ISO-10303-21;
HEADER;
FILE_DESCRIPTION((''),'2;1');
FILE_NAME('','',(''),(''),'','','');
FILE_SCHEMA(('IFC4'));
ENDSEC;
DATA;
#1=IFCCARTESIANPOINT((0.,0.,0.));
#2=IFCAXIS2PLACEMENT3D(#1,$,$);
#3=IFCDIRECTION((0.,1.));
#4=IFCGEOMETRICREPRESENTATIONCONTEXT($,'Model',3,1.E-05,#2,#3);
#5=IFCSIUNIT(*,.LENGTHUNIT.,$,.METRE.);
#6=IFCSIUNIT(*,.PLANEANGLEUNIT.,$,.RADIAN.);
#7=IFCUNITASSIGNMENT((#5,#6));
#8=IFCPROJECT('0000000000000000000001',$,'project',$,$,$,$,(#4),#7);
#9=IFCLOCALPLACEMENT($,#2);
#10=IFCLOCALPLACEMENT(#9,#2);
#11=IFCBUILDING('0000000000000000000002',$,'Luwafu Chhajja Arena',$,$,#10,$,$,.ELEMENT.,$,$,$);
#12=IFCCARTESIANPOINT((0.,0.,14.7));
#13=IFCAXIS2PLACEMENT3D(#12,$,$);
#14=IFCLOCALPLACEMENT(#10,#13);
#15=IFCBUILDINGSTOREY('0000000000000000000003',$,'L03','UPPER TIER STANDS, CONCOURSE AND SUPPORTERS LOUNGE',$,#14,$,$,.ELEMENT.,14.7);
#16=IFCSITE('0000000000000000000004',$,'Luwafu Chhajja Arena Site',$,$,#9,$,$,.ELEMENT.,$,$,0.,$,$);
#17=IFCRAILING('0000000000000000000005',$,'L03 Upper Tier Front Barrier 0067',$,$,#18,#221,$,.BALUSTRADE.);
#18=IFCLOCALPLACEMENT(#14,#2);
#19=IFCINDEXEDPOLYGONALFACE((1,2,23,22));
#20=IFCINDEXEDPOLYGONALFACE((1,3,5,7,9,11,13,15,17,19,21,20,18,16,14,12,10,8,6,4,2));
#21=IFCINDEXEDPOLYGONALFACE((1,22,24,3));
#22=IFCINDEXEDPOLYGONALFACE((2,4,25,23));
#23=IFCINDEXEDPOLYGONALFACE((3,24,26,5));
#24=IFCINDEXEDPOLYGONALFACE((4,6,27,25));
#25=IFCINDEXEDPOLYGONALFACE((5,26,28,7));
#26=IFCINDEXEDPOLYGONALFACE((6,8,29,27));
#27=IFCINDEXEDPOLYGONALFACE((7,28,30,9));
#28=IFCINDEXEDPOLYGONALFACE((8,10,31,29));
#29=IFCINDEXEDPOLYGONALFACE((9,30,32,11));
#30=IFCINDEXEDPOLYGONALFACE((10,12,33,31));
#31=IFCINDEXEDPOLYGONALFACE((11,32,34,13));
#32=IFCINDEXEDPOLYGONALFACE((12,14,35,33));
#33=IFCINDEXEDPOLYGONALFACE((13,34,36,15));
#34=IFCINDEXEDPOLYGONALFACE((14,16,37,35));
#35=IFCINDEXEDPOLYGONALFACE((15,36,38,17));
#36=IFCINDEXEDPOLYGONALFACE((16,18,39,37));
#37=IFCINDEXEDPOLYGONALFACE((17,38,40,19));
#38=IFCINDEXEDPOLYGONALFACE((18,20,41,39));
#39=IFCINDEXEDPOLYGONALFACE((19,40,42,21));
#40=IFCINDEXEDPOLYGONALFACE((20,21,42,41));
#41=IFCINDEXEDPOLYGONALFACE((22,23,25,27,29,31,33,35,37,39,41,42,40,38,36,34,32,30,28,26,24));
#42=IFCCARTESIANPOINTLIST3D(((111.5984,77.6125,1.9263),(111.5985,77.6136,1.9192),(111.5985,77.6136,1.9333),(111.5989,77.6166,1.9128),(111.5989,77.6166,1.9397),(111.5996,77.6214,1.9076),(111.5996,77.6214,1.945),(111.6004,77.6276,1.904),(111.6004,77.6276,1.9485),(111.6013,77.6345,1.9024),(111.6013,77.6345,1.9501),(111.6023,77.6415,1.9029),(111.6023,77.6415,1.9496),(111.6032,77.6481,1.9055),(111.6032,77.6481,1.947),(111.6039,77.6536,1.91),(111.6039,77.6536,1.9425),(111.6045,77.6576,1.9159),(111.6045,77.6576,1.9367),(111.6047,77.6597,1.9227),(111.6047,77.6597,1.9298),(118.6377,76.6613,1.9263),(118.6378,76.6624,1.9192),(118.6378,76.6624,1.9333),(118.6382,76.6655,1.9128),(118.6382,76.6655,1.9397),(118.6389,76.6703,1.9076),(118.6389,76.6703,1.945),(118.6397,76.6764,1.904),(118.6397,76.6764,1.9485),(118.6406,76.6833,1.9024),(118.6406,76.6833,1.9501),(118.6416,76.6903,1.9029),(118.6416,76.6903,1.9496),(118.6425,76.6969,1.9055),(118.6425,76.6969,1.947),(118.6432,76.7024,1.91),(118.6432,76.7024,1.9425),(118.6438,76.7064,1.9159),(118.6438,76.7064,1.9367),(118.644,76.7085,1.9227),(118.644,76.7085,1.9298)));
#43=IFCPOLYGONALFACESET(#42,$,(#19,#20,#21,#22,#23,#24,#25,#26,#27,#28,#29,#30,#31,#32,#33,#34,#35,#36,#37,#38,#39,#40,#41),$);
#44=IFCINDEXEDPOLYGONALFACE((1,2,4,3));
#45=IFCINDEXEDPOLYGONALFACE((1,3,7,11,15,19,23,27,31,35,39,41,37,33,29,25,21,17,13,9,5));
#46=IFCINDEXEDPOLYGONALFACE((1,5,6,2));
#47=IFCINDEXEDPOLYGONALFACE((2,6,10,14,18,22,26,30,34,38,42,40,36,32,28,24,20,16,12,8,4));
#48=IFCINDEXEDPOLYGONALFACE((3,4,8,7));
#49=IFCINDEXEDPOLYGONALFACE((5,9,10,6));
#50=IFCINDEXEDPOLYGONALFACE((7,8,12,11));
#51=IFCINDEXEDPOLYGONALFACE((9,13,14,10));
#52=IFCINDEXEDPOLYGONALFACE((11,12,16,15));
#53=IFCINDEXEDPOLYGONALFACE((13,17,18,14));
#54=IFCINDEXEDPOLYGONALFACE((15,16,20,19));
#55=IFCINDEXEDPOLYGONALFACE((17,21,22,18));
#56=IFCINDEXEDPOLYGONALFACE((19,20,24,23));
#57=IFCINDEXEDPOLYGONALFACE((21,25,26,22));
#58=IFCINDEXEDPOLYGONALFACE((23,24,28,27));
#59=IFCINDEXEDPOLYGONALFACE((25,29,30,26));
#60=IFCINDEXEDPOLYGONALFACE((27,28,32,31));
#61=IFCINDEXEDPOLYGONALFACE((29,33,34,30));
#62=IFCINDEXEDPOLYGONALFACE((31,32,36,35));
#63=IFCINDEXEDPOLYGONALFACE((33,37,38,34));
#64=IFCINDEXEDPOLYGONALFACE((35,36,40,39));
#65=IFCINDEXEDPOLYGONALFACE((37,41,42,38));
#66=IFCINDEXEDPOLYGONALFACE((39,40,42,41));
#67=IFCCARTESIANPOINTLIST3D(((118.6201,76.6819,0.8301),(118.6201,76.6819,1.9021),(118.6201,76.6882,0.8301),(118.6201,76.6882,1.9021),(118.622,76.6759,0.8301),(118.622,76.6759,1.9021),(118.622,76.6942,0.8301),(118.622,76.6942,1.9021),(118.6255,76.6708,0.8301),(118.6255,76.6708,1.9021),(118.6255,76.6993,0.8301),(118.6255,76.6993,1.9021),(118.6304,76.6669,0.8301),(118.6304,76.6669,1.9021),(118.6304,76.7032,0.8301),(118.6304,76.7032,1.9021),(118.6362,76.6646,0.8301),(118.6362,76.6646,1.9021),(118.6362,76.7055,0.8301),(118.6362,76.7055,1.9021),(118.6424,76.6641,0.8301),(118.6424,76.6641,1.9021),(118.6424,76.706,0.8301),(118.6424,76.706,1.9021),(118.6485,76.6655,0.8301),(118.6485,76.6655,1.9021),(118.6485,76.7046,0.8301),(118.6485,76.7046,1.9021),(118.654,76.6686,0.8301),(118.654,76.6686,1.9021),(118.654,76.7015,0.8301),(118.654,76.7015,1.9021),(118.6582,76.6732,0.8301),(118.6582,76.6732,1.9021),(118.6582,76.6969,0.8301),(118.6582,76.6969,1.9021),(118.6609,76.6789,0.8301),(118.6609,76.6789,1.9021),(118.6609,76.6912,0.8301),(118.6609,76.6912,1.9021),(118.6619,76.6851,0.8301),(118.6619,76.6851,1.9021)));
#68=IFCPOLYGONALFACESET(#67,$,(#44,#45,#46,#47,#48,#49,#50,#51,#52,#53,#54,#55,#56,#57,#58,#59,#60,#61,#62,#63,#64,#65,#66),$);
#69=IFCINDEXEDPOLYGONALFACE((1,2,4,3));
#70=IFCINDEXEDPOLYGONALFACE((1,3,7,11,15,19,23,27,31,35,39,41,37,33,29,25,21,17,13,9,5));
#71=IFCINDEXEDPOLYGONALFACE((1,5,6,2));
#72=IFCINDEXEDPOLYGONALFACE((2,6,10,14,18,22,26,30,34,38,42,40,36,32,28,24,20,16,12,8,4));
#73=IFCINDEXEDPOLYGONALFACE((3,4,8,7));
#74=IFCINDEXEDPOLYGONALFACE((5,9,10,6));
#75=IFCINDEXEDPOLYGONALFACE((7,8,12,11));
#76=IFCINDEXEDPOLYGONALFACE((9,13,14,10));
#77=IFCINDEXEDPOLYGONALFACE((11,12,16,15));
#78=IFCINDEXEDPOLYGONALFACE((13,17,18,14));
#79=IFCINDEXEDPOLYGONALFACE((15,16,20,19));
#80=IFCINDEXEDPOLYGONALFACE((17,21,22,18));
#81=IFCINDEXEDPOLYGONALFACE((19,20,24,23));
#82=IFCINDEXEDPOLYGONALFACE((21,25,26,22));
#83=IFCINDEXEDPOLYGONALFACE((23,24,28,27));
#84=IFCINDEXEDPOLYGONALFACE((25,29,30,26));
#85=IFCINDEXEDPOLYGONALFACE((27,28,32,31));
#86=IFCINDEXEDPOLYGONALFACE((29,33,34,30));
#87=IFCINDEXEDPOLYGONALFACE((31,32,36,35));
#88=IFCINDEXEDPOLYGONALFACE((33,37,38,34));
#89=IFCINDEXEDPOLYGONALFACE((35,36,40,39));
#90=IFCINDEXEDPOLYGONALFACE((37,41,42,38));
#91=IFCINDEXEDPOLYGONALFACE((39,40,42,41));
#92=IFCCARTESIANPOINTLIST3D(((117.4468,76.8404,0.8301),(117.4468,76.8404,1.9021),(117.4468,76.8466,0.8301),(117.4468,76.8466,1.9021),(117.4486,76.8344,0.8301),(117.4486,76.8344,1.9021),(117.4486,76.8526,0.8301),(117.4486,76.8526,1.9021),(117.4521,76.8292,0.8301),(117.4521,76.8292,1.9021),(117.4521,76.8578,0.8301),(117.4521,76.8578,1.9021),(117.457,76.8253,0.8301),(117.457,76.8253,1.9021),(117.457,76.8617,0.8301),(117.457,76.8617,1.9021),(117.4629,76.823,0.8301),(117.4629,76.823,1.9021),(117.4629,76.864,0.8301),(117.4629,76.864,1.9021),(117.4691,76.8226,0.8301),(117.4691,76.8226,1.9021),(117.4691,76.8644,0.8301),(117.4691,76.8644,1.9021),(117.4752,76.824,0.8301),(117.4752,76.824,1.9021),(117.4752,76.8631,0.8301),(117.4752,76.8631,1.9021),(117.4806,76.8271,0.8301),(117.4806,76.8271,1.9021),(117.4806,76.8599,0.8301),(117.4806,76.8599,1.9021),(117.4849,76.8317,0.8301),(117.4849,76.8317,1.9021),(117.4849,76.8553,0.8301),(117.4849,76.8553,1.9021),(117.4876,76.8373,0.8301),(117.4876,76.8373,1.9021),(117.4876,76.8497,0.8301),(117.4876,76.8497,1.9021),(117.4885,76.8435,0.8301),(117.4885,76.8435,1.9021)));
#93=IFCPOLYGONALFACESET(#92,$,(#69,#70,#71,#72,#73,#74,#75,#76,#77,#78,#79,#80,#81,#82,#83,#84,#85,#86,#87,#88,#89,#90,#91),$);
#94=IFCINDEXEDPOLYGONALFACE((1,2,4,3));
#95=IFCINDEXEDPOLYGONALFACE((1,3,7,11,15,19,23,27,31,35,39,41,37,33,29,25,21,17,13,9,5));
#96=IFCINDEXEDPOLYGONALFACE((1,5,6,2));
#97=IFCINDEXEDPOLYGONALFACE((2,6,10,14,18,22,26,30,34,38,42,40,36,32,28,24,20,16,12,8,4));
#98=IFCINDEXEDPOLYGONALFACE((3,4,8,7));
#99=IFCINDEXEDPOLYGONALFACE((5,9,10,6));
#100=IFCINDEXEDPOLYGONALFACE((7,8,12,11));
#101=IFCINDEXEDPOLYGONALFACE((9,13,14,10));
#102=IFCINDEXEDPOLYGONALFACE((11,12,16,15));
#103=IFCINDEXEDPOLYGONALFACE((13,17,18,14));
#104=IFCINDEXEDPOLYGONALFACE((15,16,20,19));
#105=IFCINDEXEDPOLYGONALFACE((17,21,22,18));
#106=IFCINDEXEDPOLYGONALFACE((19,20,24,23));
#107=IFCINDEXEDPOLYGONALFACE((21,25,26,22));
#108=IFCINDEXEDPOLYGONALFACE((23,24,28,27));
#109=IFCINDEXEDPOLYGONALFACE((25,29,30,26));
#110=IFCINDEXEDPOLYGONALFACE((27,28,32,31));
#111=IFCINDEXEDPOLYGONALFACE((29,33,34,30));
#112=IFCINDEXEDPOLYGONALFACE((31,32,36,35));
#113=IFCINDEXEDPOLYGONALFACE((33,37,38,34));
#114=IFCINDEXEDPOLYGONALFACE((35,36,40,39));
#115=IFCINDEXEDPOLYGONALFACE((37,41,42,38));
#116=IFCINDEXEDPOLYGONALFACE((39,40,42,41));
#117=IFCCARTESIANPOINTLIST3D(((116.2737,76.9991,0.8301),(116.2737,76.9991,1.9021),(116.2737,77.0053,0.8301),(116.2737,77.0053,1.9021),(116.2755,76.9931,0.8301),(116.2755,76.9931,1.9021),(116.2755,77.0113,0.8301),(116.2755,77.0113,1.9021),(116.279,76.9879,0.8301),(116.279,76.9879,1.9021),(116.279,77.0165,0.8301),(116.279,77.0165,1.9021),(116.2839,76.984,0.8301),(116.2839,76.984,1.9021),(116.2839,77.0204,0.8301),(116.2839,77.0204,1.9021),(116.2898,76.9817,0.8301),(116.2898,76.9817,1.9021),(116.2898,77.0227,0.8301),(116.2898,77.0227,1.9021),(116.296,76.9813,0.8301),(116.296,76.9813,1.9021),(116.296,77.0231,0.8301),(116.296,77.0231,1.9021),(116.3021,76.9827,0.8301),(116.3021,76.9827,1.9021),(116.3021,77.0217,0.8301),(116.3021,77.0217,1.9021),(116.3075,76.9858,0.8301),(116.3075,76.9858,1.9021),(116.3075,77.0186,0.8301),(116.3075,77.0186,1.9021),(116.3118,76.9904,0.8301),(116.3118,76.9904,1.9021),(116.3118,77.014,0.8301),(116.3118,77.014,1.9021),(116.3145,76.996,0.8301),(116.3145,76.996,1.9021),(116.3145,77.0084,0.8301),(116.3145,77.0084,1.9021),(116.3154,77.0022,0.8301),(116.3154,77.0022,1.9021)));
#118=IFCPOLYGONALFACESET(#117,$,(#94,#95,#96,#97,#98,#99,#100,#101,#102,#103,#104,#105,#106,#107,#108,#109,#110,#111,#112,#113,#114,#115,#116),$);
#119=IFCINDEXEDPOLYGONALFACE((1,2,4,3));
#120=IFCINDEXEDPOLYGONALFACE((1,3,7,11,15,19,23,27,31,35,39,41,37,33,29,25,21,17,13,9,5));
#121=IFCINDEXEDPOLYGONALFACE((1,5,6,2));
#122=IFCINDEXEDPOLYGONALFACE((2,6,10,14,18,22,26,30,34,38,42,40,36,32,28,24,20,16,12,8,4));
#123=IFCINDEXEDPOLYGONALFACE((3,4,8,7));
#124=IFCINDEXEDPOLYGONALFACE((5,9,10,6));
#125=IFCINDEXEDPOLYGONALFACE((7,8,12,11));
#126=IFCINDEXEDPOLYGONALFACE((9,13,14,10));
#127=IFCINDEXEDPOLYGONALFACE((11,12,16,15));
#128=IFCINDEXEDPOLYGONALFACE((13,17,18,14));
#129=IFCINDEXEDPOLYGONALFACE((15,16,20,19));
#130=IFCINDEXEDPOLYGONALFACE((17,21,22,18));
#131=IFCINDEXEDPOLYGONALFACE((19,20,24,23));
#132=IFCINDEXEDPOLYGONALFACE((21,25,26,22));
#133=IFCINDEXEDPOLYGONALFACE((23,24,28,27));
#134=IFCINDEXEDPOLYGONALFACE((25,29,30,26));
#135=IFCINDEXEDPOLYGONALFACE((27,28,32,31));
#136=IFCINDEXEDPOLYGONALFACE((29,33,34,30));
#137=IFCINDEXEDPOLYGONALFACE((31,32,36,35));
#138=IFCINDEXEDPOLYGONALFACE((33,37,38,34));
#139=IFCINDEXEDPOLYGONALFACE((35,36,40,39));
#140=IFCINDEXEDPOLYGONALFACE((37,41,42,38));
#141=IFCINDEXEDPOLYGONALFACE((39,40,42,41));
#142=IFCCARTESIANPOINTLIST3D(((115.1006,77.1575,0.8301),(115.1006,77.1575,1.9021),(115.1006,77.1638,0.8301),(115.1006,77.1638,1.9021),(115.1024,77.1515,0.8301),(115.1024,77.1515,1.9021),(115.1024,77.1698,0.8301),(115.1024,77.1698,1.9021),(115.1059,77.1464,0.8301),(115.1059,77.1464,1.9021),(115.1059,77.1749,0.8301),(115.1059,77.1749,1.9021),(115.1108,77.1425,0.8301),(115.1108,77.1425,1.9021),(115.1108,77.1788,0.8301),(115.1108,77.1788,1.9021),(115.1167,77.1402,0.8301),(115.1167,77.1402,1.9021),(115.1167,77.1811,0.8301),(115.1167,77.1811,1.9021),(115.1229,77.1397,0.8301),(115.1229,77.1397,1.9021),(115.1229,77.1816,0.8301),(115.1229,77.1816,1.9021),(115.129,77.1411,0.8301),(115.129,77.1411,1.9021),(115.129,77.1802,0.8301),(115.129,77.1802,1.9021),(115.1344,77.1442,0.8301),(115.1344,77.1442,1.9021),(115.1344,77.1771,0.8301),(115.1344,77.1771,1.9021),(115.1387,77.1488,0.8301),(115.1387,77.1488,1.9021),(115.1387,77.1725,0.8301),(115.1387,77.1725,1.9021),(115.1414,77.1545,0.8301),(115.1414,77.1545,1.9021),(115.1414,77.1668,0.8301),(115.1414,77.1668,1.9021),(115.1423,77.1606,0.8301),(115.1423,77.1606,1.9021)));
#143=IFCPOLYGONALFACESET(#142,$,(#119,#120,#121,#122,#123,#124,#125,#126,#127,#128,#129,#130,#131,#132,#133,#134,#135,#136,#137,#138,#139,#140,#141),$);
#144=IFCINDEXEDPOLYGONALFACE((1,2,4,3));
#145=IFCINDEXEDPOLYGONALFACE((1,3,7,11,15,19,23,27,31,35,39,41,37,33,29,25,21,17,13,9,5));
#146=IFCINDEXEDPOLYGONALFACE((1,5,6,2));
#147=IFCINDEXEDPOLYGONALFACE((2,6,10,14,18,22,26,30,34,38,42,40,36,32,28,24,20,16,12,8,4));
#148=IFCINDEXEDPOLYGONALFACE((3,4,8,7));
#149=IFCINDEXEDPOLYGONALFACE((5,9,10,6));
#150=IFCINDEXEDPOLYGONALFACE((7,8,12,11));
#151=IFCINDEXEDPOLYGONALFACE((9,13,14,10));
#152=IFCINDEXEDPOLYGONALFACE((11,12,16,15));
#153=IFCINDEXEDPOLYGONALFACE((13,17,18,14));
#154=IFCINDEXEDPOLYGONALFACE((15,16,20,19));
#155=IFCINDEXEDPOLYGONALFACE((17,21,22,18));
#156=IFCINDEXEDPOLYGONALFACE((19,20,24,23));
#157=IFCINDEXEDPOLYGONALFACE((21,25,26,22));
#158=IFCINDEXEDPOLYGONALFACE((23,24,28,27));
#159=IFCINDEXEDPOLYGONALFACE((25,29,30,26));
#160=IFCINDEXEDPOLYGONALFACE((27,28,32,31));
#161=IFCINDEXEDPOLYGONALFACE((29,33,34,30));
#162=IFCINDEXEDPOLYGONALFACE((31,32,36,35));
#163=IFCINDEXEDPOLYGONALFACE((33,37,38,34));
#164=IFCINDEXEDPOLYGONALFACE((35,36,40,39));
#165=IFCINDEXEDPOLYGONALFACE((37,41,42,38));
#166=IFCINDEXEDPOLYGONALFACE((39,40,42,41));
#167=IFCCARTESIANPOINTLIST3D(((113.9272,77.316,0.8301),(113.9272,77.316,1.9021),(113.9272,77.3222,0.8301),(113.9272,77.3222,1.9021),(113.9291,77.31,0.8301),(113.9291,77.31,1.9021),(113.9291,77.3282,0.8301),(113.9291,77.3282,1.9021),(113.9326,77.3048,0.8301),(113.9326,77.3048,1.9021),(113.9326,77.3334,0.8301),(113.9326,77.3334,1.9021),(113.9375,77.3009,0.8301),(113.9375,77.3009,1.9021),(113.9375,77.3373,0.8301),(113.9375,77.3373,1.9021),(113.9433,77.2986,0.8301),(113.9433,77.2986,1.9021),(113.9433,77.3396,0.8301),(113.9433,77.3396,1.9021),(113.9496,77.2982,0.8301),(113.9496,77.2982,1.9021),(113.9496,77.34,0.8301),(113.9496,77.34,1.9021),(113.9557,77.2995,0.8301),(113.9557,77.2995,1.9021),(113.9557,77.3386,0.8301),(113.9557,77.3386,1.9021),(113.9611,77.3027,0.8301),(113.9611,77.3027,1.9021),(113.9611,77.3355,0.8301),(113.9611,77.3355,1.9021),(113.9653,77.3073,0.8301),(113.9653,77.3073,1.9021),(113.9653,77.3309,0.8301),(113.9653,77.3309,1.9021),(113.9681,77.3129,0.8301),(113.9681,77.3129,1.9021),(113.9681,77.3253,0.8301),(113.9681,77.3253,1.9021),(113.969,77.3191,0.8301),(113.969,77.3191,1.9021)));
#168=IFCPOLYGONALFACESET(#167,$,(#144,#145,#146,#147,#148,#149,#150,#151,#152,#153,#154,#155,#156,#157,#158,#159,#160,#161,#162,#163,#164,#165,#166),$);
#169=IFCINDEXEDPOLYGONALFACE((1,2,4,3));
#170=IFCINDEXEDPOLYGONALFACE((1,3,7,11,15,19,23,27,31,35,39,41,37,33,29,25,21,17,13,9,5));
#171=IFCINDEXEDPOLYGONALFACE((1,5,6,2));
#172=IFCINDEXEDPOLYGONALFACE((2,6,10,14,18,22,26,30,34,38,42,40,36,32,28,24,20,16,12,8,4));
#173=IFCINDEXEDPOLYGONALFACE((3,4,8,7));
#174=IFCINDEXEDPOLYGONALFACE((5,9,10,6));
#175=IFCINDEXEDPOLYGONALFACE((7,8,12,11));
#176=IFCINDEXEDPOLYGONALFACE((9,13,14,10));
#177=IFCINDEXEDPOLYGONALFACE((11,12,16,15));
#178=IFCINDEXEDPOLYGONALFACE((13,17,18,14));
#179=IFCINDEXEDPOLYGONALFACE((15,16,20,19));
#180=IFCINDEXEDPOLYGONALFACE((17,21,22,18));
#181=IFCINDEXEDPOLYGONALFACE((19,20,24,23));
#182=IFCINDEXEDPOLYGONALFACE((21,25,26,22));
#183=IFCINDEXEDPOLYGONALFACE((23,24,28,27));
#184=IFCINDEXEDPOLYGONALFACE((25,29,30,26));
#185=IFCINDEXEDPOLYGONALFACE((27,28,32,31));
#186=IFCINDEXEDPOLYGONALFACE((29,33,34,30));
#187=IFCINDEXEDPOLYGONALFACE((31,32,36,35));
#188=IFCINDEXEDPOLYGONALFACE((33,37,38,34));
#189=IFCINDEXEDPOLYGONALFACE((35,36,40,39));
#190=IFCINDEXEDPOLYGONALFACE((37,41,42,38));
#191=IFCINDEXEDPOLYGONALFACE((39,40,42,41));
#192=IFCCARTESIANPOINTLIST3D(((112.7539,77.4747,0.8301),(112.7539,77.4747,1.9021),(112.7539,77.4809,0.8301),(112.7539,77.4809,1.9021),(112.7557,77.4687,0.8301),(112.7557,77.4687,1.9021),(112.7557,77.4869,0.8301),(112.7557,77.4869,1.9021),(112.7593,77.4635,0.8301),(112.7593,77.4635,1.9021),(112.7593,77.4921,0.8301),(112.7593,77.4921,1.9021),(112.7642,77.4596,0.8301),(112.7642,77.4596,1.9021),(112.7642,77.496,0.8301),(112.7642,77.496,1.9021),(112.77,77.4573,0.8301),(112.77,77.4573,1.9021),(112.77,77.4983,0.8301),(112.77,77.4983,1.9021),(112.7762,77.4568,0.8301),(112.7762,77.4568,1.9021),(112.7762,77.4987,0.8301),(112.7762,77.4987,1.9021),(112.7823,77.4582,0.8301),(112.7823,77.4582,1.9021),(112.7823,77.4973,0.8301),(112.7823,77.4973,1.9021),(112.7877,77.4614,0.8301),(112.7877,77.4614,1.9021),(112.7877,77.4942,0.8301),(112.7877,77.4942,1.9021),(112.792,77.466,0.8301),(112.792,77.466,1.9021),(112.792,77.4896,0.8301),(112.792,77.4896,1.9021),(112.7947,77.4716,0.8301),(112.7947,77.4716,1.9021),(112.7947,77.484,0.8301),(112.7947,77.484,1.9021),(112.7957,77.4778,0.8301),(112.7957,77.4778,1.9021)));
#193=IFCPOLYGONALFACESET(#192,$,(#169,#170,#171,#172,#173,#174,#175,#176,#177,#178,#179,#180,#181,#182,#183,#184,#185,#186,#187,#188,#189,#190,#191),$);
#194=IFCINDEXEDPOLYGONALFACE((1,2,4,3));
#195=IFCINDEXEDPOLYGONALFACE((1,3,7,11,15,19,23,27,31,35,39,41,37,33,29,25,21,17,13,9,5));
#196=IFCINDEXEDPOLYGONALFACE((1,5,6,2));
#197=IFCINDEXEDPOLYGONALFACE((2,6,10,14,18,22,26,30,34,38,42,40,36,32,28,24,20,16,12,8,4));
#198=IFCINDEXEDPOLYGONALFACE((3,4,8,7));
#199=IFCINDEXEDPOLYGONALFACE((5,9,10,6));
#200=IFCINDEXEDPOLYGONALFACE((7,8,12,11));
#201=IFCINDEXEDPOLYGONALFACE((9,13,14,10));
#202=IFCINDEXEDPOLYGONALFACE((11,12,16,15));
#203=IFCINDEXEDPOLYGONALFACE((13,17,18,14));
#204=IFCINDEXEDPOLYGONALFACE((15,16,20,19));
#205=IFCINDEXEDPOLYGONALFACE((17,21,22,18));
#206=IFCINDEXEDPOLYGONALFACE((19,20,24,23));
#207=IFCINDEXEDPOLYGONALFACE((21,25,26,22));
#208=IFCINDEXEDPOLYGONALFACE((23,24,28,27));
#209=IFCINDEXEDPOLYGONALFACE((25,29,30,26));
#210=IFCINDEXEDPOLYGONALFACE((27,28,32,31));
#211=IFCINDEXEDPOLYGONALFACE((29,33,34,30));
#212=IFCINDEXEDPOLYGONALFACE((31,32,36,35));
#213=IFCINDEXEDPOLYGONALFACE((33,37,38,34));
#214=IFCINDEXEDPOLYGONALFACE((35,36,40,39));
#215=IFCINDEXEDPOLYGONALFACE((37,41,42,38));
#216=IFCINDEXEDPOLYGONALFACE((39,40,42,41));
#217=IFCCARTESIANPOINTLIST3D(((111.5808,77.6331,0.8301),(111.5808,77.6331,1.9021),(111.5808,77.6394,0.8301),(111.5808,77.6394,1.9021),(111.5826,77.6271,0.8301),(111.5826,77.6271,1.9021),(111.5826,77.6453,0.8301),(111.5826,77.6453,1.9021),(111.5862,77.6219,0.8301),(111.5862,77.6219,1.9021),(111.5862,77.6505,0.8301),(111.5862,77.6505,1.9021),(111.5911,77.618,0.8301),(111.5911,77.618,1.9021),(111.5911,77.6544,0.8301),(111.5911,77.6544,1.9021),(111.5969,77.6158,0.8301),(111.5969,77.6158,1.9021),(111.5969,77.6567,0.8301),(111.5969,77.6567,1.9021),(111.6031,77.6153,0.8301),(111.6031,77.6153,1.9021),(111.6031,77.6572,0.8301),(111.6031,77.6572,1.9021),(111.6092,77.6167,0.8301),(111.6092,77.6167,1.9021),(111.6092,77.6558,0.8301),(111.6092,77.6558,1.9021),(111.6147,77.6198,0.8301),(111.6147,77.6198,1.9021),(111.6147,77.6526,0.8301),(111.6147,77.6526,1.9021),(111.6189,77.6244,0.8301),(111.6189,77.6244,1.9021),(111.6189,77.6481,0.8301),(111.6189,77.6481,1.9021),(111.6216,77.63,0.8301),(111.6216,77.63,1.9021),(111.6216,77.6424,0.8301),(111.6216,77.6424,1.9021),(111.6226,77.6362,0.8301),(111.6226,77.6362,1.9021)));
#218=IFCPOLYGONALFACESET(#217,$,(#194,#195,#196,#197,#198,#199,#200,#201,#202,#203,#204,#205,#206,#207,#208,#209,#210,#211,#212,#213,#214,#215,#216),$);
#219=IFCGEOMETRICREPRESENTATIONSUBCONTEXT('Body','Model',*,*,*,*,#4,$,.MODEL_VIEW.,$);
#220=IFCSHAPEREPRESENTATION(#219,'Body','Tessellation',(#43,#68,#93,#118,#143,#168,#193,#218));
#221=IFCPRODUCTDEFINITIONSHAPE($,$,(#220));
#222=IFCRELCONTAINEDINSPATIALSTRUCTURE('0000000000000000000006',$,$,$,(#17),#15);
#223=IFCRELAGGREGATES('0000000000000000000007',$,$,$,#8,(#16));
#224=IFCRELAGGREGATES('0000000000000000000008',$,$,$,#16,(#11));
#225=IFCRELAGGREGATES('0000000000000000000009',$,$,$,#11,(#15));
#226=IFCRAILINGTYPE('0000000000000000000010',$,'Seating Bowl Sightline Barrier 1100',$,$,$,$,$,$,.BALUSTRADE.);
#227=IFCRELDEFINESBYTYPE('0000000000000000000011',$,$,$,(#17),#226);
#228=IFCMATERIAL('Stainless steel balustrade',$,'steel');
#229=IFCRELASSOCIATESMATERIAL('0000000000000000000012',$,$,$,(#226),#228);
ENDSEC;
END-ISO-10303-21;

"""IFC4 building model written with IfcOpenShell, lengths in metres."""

from ifc_helpers import new_model, si_unit, direction, frame, origin, origin_2d, place, context, subcontext, project, spatial, circle, extrude, material, type_object, element, save


model = new_model("IFC4")

# Units and contexts
model_context = context("Model", 3, precision=1e-05, world=origin(), true_north=direction((0.0, 1.0)))
body_context = subcontext(model_context, "Body", "Model", "MODEL_VIEW")
ifc_project = project(units=[si_unit("LENGTHUNIT", "METRE"), si_unit("PLANEANGLEUNIT", "RADIAN")], contexts=[model_context])

# Site, building, storey
site_placement = place(None, origin())
site = spatial("IfcSite", under=ifc_project, at=site_placement, Name="Luwafu Chhajja Arena Site", CompositionType="ELEMENT", RefElevation=0.0)
building_placement = place(site_placement, origin())
building = spatial("IfcBuilding", under=site, at=building_placement, Name="Luwafu Chhajja Arena", CompositionType="ELEMENT")
storey_placement = place(building_placement, frame((0.0, 0.0, 14.7)))
storey = spatial("IfcBuildingStorey", under=building, at=storey_placement, Name="L03", Description="UPPER TIER STANDS, CONCOURSE AND SUPPORTERS LOUNGE", CompositionType="ELEMENT", Elevation=14.7)

# Railing
ifc_material_1 = material(Name="Stainless steel balustrade", Category="steel")
railing_type = type_object("IfcRailingType", Name="Seating Bowl Sightline Barrier 1100", PredefinedType="BALUSTRADE", material=ifc_material_1)
railing_1_placement = place(storey_placement, frame((118.6409, 76.6851, 0.8301)))
element("IfcRailing", 1, at=railing_1_placement, inside=storey, type_object=railing_type, Name="L03 Upper Tier Front Barrier 0067", PredefinedType="BALUSTRADE", context=body_context, shape_type="SweptSolid", body=[
    extrude(circle(Radius=0.0239, at=origin_2d()), frame((0.0, 0.0, 1.0962), z_axis=(-0.990994, 0.133906, 0.0), x_axis=(-0.133906, -0.990994, 0.0)), (0.0, 0.0, 1.0), 7.1033),
    extrude(circle(Radius=0.021, at=origin_2d()), origin(), (0.0, 0.0, 1.0), 1.072),
    extrude(circle(Radius=0.021, at=origin_2d()), frame((-1.1733, 0.1584, 0.0)), (0.0, 0.0, 1.0), 1.072),
    extrude(circle(Radius=0.021, at=origin_2d()), frame((-2.3464, 0.3171, 0.0)), (0.0, 0.0, 1.0), 1.072),
    extrude(circle(Radius=0.021, at=origin_2d()), frame((-3.5195, 0.4756, 0.0)), (0.0, 0.0, 1.0), 1.072),
    extrude(circle(Radius=0.021, at=origin_2d()), frame((-4.6929, 0.634, 0.0)), (0.0, 0.0, 1.0), 1.072),
    extrude(circle(Radius=0.021, at=origin_2d()), frame((-5.8662, 0.7927, 0.0)), (0.0, 0.0, 1.0), 1.072),
    extrude(circle(Radius=0.021, at=origin_2d()), frame((-7.0393, 0.9512, 0.0)), (0.0, 0.0, 1.0), 1.072),
])

save(model, "model.ifc")
